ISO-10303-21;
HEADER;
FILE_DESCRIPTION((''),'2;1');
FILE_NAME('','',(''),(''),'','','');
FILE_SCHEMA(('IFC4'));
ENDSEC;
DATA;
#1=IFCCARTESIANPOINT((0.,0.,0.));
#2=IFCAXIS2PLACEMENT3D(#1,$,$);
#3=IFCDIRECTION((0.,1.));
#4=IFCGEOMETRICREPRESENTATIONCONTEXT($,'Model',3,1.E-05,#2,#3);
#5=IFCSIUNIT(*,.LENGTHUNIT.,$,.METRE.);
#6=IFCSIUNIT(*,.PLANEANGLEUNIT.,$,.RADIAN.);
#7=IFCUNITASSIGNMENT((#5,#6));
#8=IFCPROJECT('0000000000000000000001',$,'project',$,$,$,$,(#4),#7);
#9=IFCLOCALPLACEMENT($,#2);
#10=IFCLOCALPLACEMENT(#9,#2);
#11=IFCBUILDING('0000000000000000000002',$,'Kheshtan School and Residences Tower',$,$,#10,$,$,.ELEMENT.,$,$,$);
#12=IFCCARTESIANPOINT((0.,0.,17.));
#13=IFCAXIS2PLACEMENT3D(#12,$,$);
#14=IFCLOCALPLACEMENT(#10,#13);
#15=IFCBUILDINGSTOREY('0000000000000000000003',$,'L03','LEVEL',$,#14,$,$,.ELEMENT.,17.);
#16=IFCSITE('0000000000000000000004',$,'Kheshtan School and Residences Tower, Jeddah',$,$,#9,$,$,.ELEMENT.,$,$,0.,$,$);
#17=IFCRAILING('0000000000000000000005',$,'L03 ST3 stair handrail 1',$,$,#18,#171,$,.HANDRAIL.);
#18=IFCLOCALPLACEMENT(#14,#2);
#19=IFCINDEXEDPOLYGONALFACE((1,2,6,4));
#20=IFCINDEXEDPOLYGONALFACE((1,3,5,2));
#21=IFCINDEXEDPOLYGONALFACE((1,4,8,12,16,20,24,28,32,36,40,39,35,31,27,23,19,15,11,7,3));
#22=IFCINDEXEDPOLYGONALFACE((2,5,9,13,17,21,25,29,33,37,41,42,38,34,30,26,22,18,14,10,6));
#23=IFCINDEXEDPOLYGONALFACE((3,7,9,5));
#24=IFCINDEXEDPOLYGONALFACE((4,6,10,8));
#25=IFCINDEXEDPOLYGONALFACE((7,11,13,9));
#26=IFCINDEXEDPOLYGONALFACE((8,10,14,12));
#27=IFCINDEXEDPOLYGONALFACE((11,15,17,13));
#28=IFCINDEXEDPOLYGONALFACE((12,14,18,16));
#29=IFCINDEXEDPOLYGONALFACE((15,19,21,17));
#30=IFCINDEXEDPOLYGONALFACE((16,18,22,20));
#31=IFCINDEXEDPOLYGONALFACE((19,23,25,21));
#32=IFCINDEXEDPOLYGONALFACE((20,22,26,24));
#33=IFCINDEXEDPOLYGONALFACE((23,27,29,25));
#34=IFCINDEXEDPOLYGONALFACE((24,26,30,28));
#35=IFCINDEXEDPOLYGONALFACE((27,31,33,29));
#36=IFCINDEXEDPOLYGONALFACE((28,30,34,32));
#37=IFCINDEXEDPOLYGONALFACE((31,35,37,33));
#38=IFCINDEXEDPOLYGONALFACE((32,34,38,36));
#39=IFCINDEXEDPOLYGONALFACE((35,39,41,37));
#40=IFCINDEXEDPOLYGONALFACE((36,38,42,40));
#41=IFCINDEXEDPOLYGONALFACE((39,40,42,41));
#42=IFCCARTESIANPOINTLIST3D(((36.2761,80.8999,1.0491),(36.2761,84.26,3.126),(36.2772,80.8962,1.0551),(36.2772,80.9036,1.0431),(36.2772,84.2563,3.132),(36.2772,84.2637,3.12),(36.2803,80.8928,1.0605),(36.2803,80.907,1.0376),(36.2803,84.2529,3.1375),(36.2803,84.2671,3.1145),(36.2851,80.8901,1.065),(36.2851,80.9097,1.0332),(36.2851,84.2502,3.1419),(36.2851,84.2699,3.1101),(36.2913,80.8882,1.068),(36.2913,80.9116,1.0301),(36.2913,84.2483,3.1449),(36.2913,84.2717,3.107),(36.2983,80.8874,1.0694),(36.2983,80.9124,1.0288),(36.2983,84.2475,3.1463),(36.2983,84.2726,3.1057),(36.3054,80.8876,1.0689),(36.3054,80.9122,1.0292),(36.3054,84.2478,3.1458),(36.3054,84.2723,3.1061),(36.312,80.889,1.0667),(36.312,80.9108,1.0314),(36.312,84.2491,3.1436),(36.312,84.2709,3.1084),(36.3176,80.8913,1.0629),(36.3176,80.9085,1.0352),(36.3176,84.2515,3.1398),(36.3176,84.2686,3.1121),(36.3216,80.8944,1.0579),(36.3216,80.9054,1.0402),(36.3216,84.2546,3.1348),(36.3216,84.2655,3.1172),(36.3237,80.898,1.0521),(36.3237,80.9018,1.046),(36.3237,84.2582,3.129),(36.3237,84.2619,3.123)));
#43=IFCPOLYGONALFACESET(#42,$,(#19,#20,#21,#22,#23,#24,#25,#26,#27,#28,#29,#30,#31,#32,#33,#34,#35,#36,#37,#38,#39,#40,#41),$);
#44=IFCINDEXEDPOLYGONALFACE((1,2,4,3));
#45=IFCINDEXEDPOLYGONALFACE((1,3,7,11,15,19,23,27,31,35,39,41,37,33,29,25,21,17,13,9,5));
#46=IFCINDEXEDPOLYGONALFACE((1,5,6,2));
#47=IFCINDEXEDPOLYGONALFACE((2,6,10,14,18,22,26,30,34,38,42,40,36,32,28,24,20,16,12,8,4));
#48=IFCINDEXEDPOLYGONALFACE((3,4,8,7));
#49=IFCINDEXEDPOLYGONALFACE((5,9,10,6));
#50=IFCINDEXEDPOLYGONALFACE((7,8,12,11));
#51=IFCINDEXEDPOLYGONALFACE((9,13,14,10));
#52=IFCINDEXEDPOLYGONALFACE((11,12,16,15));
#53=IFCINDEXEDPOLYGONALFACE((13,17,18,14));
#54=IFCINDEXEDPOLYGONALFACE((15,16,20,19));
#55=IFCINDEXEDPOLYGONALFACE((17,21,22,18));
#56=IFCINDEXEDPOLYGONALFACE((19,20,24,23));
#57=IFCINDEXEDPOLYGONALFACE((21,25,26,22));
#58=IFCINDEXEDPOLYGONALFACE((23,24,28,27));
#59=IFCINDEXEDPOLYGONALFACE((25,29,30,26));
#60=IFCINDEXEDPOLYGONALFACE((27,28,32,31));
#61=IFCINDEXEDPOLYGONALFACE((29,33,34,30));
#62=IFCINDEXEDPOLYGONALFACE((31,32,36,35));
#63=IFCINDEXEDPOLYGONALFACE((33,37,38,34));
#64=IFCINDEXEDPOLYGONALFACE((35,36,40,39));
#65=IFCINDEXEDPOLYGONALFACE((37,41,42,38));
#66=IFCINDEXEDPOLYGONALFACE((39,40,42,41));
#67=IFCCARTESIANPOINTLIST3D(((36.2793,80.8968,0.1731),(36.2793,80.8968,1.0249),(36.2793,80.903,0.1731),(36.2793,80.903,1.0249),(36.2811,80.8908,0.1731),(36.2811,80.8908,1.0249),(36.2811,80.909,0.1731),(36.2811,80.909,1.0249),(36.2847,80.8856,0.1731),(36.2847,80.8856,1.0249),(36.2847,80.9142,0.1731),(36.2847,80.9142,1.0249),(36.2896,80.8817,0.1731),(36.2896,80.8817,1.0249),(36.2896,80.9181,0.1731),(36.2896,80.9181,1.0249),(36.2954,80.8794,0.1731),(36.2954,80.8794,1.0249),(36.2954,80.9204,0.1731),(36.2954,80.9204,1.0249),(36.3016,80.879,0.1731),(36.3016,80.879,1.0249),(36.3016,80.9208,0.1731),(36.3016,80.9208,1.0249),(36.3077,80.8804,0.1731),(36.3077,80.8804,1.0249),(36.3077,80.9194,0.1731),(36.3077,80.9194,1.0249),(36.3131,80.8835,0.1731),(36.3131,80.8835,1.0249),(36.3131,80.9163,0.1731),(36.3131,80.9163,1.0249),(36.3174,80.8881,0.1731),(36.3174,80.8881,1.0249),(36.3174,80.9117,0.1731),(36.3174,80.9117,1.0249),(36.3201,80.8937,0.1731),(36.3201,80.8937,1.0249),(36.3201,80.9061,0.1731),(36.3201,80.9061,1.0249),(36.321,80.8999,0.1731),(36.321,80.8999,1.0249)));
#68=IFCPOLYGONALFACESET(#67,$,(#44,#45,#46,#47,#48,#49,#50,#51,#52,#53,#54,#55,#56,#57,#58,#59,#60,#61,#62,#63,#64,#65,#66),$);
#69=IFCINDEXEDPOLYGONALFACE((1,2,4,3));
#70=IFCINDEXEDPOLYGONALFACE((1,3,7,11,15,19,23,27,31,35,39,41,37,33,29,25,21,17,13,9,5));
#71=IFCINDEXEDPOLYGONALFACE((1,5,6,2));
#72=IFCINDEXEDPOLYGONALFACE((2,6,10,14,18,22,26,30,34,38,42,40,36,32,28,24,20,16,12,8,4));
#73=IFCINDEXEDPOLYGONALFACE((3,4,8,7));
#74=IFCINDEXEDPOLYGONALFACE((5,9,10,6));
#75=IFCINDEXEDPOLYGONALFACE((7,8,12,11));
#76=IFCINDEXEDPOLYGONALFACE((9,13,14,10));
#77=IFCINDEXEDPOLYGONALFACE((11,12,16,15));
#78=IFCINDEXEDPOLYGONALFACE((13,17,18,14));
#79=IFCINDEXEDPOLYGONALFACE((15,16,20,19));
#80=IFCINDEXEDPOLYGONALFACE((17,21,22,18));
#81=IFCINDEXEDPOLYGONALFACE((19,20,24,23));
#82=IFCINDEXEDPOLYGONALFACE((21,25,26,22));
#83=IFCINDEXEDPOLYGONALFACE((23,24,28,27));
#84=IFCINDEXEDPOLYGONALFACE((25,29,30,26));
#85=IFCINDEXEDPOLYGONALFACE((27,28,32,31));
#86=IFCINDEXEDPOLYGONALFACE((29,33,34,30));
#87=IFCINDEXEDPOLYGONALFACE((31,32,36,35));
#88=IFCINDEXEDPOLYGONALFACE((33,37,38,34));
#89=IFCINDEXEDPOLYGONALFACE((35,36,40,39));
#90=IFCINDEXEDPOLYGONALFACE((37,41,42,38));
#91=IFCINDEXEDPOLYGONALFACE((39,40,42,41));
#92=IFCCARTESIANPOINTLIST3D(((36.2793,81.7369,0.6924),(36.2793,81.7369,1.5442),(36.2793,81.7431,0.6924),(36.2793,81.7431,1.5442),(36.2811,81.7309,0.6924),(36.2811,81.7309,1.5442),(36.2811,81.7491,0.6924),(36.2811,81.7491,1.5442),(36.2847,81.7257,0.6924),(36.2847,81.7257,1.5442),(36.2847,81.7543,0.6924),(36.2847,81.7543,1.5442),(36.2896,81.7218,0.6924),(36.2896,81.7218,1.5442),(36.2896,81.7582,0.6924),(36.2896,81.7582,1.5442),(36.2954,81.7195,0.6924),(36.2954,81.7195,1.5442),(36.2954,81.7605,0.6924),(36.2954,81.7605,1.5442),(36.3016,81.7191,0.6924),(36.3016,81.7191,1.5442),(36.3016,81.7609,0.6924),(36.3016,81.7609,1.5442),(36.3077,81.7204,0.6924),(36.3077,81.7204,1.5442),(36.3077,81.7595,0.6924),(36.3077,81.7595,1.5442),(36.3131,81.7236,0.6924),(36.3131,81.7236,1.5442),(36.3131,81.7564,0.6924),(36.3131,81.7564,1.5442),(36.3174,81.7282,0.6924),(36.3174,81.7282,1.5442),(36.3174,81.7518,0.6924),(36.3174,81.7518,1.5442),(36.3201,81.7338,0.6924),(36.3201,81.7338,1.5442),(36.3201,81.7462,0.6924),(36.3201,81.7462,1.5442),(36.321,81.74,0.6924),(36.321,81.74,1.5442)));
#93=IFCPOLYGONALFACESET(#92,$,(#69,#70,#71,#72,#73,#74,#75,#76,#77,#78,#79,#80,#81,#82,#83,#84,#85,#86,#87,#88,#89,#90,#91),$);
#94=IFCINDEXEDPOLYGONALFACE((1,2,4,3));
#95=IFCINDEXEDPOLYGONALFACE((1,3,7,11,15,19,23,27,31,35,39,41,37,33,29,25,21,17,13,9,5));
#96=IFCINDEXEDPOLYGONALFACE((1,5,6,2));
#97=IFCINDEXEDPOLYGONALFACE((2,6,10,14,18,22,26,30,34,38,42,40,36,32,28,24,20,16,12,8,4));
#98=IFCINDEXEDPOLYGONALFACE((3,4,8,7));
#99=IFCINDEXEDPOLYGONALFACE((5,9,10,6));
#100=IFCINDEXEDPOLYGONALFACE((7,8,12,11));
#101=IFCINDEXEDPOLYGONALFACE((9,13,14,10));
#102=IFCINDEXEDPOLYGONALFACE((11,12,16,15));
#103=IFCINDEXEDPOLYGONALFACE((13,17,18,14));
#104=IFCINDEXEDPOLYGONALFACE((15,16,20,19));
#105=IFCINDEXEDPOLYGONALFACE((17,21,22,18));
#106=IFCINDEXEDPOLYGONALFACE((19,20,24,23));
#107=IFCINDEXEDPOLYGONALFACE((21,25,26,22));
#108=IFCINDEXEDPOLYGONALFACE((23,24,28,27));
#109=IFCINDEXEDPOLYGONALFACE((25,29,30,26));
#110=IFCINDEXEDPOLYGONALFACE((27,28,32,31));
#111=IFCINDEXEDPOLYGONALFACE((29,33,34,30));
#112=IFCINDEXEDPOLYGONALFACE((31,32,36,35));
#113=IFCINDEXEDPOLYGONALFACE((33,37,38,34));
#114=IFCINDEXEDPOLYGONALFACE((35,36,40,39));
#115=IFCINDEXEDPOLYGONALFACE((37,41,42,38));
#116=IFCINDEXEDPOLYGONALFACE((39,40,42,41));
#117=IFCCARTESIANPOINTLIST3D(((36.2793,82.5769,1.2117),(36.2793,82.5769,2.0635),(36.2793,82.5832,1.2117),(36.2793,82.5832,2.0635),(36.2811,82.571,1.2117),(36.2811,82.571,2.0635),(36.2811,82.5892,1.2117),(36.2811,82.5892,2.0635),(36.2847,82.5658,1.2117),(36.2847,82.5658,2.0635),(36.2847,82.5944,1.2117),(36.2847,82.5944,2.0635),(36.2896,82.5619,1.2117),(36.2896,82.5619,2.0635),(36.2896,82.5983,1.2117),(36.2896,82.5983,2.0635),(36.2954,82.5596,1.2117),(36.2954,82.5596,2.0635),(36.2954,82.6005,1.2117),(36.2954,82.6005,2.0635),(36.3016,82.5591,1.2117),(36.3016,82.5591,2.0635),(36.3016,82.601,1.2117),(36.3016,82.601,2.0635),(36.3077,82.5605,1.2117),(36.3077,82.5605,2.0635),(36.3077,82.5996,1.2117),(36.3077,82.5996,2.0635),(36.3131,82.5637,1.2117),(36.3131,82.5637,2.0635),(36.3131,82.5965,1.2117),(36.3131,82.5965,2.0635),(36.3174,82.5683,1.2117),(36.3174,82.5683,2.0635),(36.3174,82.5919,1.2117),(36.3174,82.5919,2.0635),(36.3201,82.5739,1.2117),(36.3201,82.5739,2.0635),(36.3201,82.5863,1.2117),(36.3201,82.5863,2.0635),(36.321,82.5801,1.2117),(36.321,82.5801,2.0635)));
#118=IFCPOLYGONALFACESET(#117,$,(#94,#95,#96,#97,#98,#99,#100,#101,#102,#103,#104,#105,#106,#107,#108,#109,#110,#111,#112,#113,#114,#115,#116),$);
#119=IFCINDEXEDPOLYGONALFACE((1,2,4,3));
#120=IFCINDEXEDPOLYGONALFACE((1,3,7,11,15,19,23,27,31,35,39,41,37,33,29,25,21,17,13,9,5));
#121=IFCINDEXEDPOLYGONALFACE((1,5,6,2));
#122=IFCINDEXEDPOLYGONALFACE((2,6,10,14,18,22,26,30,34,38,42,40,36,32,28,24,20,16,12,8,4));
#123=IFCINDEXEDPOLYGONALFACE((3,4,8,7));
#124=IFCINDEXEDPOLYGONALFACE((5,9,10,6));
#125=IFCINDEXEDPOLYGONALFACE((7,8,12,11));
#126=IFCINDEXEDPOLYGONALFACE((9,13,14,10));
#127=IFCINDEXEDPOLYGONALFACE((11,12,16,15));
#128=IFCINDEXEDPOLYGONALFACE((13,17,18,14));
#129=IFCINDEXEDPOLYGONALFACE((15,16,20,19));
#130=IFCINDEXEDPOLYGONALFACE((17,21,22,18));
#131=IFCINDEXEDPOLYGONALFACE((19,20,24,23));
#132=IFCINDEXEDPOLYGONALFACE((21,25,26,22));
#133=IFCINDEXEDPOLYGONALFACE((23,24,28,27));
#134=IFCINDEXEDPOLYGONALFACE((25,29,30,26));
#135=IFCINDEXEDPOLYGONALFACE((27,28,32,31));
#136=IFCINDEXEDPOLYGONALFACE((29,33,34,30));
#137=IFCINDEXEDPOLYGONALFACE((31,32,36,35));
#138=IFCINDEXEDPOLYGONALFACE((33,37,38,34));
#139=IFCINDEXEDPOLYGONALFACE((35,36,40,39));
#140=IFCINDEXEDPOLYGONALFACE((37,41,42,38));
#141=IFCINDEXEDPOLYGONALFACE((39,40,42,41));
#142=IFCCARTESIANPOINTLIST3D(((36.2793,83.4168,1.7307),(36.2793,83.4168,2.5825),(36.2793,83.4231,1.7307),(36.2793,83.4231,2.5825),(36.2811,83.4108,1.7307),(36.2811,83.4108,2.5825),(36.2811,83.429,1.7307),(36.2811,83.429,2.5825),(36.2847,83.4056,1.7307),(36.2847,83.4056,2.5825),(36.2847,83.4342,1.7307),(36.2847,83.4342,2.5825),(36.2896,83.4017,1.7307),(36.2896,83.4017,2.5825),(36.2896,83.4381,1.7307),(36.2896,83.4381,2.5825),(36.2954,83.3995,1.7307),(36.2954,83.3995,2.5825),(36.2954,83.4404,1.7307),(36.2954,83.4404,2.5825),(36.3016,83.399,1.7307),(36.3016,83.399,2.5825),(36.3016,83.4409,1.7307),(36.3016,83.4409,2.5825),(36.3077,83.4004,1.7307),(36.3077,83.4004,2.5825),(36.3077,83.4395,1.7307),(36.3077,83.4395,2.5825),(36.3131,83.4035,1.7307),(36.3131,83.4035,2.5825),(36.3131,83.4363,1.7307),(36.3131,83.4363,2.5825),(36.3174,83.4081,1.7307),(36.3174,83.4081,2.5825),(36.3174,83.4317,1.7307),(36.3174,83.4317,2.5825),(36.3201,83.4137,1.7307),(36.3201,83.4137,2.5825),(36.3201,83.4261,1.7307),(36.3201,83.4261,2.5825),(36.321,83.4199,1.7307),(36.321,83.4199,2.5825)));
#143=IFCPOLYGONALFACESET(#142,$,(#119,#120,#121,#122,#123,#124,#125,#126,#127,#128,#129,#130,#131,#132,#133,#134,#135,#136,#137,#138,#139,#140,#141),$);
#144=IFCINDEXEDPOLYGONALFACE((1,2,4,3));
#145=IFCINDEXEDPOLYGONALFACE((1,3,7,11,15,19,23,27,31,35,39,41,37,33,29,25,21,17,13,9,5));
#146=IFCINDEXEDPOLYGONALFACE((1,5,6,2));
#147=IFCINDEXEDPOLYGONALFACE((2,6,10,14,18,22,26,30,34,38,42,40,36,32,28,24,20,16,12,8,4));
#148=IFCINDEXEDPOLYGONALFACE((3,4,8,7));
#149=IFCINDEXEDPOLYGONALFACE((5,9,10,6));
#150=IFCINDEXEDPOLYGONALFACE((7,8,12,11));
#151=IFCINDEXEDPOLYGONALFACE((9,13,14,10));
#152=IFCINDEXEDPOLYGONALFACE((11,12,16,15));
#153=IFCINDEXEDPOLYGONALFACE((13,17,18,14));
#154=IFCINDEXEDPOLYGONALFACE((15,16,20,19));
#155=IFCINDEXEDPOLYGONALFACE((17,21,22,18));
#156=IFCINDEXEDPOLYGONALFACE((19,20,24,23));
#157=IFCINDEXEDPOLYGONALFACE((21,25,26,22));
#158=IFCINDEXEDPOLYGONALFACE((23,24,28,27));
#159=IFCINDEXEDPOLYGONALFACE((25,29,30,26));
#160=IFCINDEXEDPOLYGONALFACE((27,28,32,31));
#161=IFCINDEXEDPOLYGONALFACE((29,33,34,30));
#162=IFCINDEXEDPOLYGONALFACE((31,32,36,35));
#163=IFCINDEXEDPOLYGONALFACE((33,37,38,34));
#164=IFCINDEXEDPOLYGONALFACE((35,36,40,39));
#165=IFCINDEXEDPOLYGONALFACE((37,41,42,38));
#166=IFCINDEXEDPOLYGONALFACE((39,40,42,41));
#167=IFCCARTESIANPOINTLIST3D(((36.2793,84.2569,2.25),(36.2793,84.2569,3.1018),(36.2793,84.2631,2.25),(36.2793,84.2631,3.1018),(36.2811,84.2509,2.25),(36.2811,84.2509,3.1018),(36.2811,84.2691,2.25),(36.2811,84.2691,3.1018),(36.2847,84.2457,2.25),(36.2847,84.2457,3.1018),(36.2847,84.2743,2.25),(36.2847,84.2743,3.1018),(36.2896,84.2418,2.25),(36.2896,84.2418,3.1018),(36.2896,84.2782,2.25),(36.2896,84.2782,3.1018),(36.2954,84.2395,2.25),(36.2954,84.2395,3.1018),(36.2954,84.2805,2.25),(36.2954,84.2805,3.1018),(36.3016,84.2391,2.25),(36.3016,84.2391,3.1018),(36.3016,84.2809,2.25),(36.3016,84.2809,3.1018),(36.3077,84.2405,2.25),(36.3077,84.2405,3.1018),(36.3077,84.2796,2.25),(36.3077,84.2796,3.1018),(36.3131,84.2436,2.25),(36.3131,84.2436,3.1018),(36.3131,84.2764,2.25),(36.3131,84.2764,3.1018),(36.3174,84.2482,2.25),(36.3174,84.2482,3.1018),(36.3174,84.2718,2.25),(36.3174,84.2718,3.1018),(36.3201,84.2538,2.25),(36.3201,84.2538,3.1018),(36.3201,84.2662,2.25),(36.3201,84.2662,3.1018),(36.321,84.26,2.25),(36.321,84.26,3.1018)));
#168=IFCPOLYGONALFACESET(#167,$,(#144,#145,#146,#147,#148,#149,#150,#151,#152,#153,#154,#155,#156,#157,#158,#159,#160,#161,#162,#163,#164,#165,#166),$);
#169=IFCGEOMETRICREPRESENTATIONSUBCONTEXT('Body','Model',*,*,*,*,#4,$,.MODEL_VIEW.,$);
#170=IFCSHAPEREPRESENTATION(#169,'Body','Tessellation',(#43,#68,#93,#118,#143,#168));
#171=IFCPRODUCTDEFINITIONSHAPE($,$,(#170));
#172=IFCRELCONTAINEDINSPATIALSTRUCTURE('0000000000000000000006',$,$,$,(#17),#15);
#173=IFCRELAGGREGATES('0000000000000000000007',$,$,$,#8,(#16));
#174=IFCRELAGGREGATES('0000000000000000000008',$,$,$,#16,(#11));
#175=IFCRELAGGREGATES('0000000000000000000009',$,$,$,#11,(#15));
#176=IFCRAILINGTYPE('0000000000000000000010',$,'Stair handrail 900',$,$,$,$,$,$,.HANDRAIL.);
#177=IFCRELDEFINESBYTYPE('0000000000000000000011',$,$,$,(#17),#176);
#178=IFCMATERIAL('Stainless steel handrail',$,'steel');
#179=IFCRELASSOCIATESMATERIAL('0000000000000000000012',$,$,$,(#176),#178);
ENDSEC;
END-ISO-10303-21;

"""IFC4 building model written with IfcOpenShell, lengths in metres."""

from ifc_helpers import new_model, si_unit, direction, frame, origin, origin_2d, place, context, subcontext, project, spatial, circle, extrude, material, type_object, element, save


model = new_model("IFC4")

# Units and contexts
model_context = context("Model", 3, precision=1e-05, world=origin(), true_north=direction((0.0, 1.0)))
body_context = subcontext(model_context, "Body", "Model", "MODEL_VIEW")
ifc_project = project(units=[si_unit("LENGTHUNIT", "METRE"), si_unit("PLANEANGLEUNIT", "RADIAN")], contexts=[model_context])

# Site, building, storey
site_placement = place(None, origin())
site = spatial("IfcSite", under=ifc_project, at=site_placement, Name="Kheshtan School and Residences Tower, Jeddah", CompositionType="ELEMENT", RefElevation=0.0)
building_placement = place(site_placement, origin())
building = spatial("IfcBuilding", under=site, at=building_placement, Name="Kheshtan School and Residences Tower", CompositionType="ELEMENT")
storey_placement = place(building_placement, frame((0.0, 0.0, 17.0)))
storey = spatial("IfcBuildingStorey", under=building, at=storey_placement, Name="L03", Description="LEVEL", CompositionType="ELEMENT", Elevation=17.0)

# Railing
ifc_material_1 = material(Name="Stainless steel handrail", Category="steel")
railing_type_1 = type_object("IfcRailingType", Name="Stair handrail 900", PredefinedType="HANDRAIL", material=ifc_material_1)
railing_1_placement = place(storey_placement, frame((36.3, 80.8999, 0.1731)))
element("IfcRailing", 1, at=railing_1_placement, inside=storey, type_object=railing_type_1, Name="L03 ST3 stair handrail 1", PredefinedType="HANDRAIL", context=body_context, shape_type="SweptSolid", body=[
    extrude(circle(Radius=0.0239, at=origin_2d()), frame((0.0, 0.0, 0.876), z_axis=(0.0, 0.850623, 0.525776), x_axis=(-1.0, 0.0, 0.0)), (0.0, 0.0, 1.0), 3.9502),
    extrude(circle(Radius=0.021, at=origin_2d()), origin(), (0.0, 0.0, 1.0), 0.8518),
    extrude(circle(Radius=0.021, at=origin_2d()), frame((0.0, 0.8401, 0.5193)), (0.0, 0.0, 1.0), 0.8518),
    extrude(circle(Radius=0.021, at=origin_2d()), frame((0.0, 1.6802, 1.0386)), (0.0, 0.0, 1.0), 0.8518),
    extrude(circle(Radius=0.021, at=origin_2d()), frame((0.0, 2.52, 1.5576)), (0.0, 0.0, 1.0), 0.8518),
    extrude(circle(Radius=0.021, at=origin_2d()), frame((0.0, 3.3601, 2.0769)), (0.0, 0.0, 1.0), 0.8518),
])

save(model, "model.ifc")
